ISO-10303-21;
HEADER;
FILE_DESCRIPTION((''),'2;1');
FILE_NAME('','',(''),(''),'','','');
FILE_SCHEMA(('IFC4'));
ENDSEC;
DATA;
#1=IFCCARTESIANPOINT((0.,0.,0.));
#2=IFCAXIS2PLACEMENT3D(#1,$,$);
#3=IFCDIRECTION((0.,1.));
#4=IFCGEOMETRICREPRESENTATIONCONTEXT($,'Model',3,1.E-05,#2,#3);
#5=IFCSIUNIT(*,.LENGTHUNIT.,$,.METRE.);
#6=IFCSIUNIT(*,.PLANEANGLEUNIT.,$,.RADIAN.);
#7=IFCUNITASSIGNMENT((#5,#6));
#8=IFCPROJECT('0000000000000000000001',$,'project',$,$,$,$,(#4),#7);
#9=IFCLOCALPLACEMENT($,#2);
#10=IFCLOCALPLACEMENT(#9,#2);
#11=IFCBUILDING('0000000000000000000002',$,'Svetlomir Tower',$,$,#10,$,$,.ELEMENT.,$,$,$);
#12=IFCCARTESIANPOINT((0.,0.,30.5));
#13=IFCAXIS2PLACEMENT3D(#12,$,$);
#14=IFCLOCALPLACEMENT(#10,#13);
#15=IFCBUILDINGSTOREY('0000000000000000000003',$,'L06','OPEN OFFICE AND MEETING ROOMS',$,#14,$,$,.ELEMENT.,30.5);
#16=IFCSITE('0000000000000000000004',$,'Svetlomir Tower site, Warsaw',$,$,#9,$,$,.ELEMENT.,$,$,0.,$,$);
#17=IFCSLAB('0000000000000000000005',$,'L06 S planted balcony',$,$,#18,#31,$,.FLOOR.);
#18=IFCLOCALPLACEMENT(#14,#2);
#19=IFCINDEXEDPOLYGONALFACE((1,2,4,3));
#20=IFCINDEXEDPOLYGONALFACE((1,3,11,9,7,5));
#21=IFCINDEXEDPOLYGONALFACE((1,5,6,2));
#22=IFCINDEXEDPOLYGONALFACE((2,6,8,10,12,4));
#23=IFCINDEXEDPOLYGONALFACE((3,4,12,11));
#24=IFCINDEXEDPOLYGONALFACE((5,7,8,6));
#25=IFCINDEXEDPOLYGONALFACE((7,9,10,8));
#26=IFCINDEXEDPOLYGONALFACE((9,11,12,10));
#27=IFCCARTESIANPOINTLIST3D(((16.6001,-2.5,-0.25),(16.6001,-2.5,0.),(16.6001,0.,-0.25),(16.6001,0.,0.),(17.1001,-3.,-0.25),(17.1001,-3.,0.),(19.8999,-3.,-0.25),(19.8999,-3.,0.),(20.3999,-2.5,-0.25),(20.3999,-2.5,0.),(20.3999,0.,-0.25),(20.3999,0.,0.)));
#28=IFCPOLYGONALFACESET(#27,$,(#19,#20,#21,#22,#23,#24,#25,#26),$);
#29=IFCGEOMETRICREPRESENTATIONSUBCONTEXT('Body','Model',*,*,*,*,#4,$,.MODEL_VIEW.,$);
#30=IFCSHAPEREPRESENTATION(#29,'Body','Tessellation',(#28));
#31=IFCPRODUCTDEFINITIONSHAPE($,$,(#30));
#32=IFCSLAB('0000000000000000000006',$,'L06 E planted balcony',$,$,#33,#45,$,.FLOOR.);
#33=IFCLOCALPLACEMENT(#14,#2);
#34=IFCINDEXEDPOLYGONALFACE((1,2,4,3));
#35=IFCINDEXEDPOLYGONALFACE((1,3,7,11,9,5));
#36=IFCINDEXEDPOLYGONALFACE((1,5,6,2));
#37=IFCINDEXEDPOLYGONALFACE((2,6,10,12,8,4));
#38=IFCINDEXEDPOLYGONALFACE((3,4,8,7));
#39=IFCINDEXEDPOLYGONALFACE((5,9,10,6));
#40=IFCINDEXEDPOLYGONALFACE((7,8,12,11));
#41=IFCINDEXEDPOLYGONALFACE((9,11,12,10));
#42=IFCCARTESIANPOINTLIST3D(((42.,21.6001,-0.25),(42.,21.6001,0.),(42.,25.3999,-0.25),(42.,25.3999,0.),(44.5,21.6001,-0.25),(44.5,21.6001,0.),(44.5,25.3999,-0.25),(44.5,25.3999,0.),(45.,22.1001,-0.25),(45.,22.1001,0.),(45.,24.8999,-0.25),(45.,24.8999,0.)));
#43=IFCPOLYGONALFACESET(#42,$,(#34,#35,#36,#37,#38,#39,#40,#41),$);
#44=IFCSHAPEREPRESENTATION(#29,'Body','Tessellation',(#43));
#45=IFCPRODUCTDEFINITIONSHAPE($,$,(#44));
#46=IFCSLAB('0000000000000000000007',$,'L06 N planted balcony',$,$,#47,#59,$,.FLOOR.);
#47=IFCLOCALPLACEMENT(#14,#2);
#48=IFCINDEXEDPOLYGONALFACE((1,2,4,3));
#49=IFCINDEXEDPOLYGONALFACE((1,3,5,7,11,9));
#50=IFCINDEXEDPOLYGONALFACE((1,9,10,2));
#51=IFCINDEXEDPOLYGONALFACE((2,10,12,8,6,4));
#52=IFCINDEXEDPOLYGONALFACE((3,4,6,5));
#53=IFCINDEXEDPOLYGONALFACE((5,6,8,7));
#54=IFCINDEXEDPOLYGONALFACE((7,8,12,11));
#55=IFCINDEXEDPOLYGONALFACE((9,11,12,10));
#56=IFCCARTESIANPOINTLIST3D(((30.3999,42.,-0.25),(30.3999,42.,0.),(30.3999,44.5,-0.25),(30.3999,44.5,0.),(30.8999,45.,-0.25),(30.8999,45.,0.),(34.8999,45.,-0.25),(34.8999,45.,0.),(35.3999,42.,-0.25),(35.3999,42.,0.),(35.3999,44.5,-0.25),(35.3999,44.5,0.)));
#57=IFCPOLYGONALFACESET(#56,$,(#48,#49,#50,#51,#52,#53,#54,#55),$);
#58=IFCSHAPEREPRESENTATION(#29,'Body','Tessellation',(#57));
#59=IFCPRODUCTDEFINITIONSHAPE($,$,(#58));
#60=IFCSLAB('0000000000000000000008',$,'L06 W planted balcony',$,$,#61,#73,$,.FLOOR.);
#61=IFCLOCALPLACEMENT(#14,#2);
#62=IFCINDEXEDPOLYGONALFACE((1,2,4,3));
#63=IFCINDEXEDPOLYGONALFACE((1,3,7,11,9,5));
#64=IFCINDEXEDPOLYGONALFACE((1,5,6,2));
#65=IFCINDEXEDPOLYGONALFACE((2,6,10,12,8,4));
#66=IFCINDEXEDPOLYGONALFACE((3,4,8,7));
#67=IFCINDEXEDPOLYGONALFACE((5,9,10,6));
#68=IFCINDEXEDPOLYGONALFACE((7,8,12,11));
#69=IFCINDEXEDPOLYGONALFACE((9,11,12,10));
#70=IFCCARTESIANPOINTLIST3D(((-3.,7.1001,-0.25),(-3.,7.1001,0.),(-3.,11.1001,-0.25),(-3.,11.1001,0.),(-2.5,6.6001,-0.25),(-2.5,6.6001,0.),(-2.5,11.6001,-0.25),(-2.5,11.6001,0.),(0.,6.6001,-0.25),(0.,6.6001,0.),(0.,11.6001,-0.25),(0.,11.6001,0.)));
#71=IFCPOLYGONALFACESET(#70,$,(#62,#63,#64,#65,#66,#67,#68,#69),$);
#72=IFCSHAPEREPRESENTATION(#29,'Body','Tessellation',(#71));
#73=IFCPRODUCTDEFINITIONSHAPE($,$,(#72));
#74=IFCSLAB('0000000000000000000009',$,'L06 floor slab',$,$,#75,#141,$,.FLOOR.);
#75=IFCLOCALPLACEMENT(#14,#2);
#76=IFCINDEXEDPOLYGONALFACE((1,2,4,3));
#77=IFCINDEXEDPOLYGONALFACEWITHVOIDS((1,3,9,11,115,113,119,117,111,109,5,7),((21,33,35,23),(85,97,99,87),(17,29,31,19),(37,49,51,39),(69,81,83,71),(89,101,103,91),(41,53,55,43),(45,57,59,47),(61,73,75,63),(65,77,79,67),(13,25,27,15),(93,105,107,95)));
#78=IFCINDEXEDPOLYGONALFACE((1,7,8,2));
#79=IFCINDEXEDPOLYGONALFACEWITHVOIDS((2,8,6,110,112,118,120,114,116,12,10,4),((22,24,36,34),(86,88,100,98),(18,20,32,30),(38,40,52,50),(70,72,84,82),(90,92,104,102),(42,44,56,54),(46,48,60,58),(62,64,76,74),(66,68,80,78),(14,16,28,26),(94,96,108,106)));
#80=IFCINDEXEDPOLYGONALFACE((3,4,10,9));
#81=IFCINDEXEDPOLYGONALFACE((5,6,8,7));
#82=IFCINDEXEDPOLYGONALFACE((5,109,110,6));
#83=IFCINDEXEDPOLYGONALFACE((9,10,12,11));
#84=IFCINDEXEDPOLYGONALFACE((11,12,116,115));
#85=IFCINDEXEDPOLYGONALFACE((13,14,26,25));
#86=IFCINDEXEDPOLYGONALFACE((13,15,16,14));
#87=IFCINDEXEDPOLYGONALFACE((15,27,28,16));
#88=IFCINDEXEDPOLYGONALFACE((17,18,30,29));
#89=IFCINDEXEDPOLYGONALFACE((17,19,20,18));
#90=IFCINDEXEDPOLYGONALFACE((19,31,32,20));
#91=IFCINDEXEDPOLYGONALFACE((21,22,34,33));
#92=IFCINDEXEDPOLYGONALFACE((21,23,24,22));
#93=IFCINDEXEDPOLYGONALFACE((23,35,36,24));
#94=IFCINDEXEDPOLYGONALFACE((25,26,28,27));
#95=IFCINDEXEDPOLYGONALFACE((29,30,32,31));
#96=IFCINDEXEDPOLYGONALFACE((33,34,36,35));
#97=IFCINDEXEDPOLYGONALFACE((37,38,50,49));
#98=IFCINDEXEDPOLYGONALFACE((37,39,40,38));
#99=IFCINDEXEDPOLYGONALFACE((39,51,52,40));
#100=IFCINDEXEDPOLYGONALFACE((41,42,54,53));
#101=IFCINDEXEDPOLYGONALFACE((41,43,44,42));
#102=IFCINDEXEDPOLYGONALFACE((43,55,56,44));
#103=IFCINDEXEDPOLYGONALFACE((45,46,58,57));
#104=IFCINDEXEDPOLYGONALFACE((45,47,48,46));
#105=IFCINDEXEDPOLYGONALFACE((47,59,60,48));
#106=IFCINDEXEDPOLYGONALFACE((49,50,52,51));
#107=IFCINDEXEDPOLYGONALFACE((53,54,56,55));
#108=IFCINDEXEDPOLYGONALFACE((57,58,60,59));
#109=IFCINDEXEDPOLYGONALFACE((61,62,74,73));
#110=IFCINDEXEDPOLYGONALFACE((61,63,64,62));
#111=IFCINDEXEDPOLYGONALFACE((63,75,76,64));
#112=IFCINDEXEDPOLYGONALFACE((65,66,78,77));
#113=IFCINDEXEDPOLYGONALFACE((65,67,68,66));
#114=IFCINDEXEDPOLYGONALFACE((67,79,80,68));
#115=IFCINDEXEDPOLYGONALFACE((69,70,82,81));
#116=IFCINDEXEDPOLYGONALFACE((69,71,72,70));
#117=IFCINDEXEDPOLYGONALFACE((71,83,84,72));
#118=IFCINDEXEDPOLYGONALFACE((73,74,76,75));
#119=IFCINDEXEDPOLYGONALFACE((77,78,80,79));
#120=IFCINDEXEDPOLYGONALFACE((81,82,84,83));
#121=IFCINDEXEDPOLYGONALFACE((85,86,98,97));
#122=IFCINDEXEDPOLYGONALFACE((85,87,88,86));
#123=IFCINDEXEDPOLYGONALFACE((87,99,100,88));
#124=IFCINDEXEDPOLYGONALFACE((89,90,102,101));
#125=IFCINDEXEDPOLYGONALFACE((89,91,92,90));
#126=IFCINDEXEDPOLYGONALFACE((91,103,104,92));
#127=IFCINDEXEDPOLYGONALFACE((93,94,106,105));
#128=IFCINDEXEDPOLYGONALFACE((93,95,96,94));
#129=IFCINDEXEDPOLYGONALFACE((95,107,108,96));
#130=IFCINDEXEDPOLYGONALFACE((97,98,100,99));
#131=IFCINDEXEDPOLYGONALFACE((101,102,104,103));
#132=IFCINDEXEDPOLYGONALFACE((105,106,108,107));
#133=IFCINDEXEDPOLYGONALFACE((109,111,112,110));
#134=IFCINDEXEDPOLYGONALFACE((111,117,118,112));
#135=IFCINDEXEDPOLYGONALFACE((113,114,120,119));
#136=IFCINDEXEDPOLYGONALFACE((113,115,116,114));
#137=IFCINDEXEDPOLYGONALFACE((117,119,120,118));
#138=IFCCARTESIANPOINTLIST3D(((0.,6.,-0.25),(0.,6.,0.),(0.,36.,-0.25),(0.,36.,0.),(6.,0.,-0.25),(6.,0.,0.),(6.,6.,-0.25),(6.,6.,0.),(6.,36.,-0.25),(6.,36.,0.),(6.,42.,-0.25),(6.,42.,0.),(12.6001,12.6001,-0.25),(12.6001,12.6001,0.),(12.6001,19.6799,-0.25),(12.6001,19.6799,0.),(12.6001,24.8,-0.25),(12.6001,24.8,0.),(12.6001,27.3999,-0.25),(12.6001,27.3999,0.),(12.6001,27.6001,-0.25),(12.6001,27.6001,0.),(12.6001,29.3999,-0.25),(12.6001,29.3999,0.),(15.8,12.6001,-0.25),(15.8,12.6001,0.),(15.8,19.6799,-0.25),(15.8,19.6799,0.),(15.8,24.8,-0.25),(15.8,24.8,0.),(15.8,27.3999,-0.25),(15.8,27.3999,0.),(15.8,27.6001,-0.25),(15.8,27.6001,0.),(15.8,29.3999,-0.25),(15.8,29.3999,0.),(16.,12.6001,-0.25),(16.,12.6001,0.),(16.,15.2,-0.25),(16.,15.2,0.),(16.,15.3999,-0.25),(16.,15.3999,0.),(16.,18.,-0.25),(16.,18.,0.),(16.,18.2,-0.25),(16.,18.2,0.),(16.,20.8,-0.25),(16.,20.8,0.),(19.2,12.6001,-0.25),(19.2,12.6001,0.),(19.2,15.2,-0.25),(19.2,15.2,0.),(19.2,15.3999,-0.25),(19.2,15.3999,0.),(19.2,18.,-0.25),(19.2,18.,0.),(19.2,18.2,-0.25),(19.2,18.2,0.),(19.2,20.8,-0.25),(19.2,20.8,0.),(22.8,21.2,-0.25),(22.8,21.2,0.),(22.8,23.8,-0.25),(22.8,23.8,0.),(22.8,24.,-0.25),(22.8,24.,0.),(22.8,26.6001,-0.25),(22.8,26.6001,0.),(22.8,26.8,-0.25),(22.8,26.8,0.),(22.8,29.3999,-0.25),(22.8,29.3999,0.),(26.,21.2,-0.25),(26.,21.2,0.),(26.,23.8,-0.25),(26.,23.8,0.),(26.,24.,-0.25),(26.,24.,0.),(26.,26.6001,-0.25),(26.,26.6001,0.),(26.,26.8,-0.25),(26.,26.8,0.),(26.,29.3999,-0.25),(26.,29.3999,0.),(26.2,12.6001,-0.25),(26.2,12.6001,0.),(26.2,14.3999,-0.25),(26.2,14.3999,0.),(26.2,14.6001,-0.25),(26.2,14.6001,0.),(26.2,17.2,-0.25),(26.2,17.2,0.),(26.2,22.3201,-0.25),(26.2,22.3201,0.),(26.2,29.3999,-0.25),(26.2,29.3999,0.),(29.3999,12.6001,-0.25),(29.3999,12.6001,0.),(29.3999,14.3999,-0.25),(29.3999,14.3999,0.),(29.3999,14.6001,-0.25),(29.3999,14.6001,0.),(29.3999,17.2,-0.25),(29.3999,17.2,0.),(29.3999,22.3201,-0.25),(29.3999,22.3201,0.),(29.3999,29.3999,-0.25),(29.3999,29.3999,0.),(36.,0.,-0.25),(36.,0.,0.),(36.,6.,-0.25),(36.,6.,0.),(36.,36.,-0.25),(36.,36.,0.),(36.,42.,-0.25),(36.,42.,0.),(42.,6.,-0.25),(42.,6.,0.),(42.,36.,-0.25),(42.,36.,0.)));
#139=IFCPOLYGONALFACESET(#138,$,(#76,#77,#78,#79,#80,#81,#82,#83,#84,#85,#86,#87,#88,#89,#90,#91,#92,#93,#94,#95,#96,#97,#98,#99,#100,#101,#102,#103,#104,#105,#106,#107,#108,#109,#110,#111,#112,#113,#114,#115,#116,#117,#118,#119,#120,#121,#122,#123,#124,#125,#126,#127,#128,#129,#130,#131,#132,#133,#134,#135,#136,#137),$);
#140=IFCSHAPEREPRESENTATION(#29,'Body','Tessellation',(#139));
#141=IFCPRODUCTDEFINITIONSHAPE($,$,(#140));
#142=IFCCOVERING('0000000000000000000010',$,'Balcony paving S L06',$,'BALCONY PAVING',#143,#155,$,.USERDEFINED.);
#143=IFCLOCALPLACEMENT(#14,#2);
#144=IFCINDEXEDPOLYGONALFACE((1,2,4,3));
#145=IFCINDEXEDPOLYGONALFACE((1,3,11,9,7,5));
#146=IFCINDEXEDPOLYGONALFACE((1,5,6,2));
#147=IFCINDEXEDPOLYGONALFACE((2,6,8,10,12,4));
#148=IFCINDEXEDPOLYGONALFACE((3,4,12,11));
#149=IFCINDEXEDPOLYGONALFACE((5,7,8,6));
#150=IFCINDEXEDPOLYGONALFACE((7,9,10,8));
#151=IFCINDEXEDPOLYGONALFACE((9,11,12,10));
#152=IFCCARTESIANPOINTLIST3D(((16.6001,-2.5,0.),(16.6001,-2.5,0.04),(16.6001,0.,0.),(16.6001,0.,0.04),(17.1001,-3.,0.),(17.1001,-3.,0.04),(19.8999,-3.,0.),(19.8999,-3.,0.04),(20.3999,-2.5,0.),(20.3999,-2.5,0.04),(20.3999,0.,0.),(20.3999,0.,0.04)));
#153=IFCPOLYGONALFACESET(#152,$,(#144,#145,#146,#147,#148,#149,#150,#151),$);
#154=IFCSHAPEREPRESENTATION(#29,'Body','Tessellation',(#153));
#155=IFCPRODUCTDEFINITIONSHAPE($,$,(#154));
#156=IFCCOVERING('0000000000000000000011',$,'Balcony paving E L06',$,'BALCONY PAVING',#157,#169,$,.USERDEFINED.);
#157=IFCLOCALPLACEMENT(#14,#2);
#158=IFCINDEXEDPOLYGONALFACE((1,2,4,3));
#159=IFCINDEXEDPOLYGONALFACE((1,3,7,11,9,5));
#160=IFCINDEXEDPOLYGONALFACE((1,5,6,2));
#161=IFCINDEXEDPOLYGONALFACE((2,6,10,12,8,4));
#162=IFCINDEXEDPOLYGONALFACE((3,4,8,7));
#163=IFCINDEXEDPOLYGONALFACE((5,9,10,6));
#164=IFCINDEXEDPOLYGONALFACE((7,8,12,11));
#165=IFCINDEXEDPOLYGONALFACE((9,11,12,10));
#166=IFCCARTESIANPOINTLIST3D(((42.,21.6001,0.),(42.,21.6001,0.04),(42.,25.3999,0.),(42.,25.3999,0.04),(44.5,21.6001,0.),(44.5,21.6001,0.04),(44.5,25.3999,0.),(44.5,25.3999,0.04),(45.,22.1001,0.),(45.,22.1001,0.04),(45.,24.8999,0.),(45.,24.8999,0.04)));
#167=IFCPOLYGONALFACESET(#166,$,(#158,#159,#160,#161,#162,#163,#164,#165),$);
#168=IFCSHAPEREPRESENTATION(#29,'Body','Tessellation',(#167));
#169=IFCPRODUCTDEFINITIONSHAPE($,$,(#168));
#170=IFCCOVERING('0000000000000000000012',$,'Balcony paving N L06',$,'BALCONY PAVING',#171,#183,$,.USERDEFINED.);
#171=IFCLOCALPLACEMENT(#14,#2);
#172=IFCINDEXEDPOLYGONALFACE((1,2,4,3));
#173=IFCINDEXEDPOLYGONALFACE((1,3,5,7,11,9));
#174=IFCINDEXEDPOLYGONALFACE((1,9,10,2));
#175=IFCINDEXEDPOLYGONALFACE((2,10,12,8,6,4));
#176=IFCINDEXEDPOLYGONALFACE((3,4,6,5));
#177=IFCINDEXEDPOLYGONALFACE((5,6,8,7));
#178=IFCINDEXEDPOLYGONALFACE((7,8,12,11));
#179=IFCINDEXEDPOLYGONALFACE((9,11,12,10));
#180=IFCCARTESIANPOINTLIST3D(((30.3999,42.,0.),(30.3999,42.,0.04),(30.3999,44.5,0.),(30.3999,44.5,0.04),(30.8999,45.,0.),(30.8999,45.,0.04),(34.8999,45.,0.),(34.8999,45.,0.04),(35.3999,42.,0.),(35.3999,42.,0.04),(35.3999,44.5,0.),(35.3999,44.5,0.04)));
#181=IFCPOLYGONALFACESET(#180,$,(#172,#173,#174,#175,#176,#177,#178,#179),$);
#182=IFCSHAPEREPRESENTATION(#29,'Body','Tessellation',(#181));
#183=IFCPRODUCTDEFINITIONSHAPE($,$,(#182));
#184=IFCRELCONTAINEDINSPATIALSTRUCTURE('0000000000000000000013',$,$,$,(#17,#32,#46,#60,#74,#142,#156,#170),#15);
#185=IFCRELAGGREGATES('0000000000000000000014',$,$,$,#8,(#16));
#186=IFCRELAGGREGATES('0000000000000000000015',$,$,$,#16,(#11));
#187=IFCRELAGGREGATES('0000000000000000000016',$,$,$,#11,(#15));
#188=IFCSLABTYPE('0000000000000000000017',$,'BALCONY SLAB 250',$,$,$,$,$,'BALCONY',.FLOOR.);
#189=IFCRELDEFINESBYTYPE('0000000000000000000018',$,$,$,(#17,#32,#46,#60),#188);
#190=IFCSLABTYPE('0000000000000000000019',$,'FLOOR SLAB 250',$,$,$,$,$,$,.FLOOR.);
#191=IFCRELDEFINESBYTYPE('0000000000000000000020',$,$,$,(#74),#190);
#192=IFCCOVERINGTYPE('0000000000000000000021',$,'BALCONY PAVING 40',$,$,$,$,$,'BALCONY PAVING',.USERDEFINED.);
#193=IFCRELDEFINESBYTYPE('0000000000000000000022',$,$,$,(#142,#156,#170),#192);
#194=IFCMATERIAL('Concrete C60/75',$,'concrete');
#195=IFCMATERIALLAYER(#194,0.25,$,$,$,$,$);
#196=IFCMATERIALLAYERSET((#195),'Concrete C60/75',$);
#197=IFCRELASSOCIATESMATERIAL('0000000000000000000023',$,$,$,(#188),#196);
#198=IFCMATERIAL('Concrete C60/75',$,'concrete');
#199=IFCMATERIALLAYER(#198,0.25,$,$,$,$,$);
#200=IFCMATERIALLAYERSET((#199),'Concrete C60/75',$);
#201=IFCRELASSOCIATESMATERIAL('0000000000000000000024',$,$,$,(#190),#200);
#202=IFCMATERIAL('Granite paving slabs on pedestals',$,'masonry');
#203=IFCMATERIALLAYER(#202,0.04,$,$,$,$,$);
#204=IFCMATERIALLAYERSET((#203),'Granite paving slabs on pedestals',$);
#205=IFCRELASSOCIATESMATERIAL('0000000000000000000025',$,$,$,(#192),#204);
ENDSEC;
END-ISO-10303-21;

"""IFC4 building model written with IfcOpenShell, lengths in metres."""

from ifc_helpers import new_model, si_unit, direction, frame, origin, place, context, subcontext, project, spatial, polyline, outline, extrude, material, layer, layer_set, type_object, element, save


model = new_model("IFC4")

# Units and contexts
model_context = context("Model", 3, precision=1e-05, world=origin(), true_north=direction((0.0, 1.0)))
body_context = subcontext(model_context, "Body", "Model", "MODEL_VIEW")
ifc_project = project(units=[si_unit("LENGTHUNIT", "METRE"), si_unit("PLANEANGLEUNIT", "RADIAN")], contexts=[model_context])

# Site, building, storey
site_placement = place(None, origin())
site = spatial("IfcSite", under=ifc_project, at=site_placement, Name="Svetlomir Tower site, Warsaw", CompositionType="ELEMENT", RefElevation=0.0)
building_placement = place(site_placement, origin())
building = spatial("IfcBuilding", under=site, at=building_placement, Name="Svetlomir Tower", CompositionType="ELEMENT")
storey_placement = place(building_placement, frame((0.0, 0.0, 30.5)))
storey = spatial("IfcBuildingStorey", under=building, at=storey_placement, Name="L06", Description="OPEN OFFICE AND MEETING ROOMS", CompositionType="ELEMENT", Elevation=30.5)

# Slabs
ifc_material_1 = material(Name="Concrete C60/75", Category="concrete")
ifc_layer_1 = layer(ifc_material_1, 0.25)
ifc_layer_set_1 = layer_set([ifc_layer_1], Name="Concrete C60/75")
slab_type_1 = type_object("IfcSlabType", Name="BALCONY SLAB 250", ElementType="BALCONY", PredefinedType="FLOOR", material=ifc_layer_set_1)
slab_1_placement = place(storey_placement, frame((0.0, 0.0, -0.25)))
element("IfcSlab", 1, at=slab_1_placement, inside=storey, type_object=slab_type_1, Name="L06 S planted balcony", PredefinedType="FLOOR", context=body_context, shape_type="SweptSolid", body=[
    extrude(outline(polyline([(16.6001, -2.5), (17.1001, -3.0), (19.8999, -3.0), (20.3999, -2.5), (20.3999, 0.0), (16.6001, 0.0), (16.6001, -2.5)])), origin(), (0.0, 0.0, 1.0), 0.25),
])
slab_2_placement = place(storey_placement, frame((0.0, 0.0, -0.25)))
element("IfcSlab", 2, at=slab_2_placement, inside=storey, type_object=slab_type_1, Name="L06 E planted balcony", PredefinedType="FLOOR", context=body_context, shape_type="SweptSolid", body=[
    extrude(outline(polyline([(42.0, 21.6001), (44.5, 21.6001), (45.0, 22.1001), (45.0, 24.8999), (44.5, 25.3999), (42.0, 25.3999), (42.0, 21.6001)])), origin(), (0.0, 0.0, 1.0), 0.25),
])
slab_3_placement = place(storey_placement, frame((0.0, 0.0, -0.25)))
element("IfcSlab", 3, at=slab_3_placement, inside=storey, type_object=slab_type_1, Name="L06 N planted balcony", PredefinedType="FLOOR", context=body_context, shape_type="SweptSolid", body=[
    extrude(outline(polyline([(30.3999, 42.0), (35.3999, 42.0), (35.3999, 44.5), (34.8999, 45.0), (30.8999, 45.0), (30.3999, 44.5), (30.3999, 42.0)])), origin(), (0.0, 0.0, 1.0), 0.25),
])
slab_4_placement = place(storey_placement, frame((0.0, 0.0, -0.25)))
element("IfcSlab", 4, at=slab_4_placement, inside=storey, type_object=slab_type_1, Name="L06 W planted balcony", PredefinedType="FLOOR", context=body_context, shape_type="SweptSolid", body=[
    extrude(outline(polyline([(-2.5, 6.6001), (0.0, 6.6001), (0.0, 11.6001), (-2.5, 11.6001), (-3.0, 11.1001), (-3.0, 7.1001), (-2.5, 6.6001)])), origin(), (0.0, 0.0, 1.0), 0.25),
])
ifc_material_2 = material(Name="Concrete C60/75", Category="concrete")
ifc_layer_2 = layer(ifc_material_2, 0.25)
ifc_layer_set_2 = layer_set([ifc_layer_2], Name="Concrete C60/75")
slab_type_2 = type_object("IfcSlabType", Name="FLOOR SLAB 250", PredefinedType="FLOOR", material=ifc_layer_set_2)
slab_5_placement = place(storey_placement, frame((0.0, 0.0, -0.25)))
element("IfcSlab", 5, at=slab_5_placement, inside=storey, type_object=slab_type_2, Name="L06 floor slab", PredefinedType="FLOOR", context=body_context, shape_type="SweptSolid", body=[
    extrude(outline(polyline([(6.0, 0.0), (36.0, 0.0), (36.0, 6.0), (42.0, 6.0), (42.0, 36.0), (36.0, 36.0), (36.0, 42.0), (6.0, 42.0), (6.0, 36.0), (0.0, 36.0), (0.0, 6.0), (6.0, 6.0), (6.0, 0.0)]), holes=[polyline([(12.6001, 24.8), (15.8, 24.8), (15.8, 27.3999), (12.6001, 27.3999), (12.6001, 24.8)]), polyline([(26.2, 14.6001), (29.3999, 14.6001), (29.3999, 17.2), (26.2, 17.2), (26.2, 14.6001)]), polyline([(16.0, 12.6001), (19.2, 12.6001), (19.2, 15.2), (16.0, 15.2), (16.0, 12.6001)]), polyline([(16.0, 15.3999), (19.2, 15.3999), (19.2, 18.0), (16.0, 18.0), (16.0, 15.3999)]), polyline([(16.0, 18.2), (19.2, 18.2), (19.2, 20.8), (16.0, 20.8), (16.0, 18.2)]), polyline([(22.8, 21.2), (26.0, 21.2), (26.0, 23.8), (22.8, 23.8), (22.8, 21.2)]), polyline([(22.8, 24.0), (26.0, 24.0), (26.0, 26.6001), (22.8, 26.6001), (22.8, 24.0)]), polyline([(22.8, 26.8), (26.0, 26.8), (26.0, 29.3999), (22.8, 29.3999), (22.8, 26.8)]), polyline([(12.6001, 27.6001), (15.8, 27.6001), (15.8, 29.3999), (12.6001, 29.3999), (12.6001, 27.6001)]), polyline([(26.2, 12.6001), (29.3999, 12.6001), (29.3999, 14.3999), (26.2, 14.3999), (26.2, 12.6001)]), polyline([(12.6001, 12.6001), (15.8, 12.6001), (15.8, 19.6799), (12.6001, 19.6799), (12.6001, 12.6001)]), polyline([(26.2, 22.3201), (29.3999, 22.3201), (29.3999, 29.3999), (26.2, 29.3999), (26.2, 22.3201)])]), origin(), (0.0, 0.0, 1.0), 0.25),
])

# Coverings
ifc_material_3 = material(Name="Granite paving slabs on pedestals", Category="masonry")
ifc_layer_3 = layer(ifc_material_3, 0.04)
ifc_layer_set_3 = layer_set([ifc_layer_3], Name="Granite paving slabs on pedestals")
covering_type_1 = type_object("IfcCoveringType", Name="BALCONY PAVING 40", ElementType="BALCONY PAVING", PredefinedType="USERDEFINED", material=ifc_layer_set_3)
covering_1_placement = place(storey_placement, origin())
element("IfcCovering", 6, at=covering_1_placement, inside=storey, type_object=covering_type_1, Name="Balcony paving S L06", ObjectType="BALCONY PAVING", PredefinedType="USERDEFINED", context=body_context, shape_type="SweptSolid", body=[
    extrude(outline(polyline([(16.6001, -2.5), (17.1001, -3.0), (19.8999, -3.0), (20.3999, -2.5), (20.3999, 0.0), (16.6001, 0.0), (16.6001, -2.5)])), origin(), (0.0, 0.0, 1.0), 0.04),
])
covering_2_placement = place(storey_placement, origin())
element("IfcCovering", 7, at=covering_2_placement, inside=storey, type_object=covering_type_1, Name="Balcony paving E L06", ObjectType="BALCONY PAVING", PredefinedType="USERDEFINED", context=body_context, shape_type="SweptSolid", body=[
    extrude(outline(polyline([(42.0, 21.6001), (44.5, 21.6001), (45.0, 22.1001), (45.0, 24.8999), (44.5, 25.3999), (42.0, 25.3999), (42.0, 21.6001)])), origin(), (0.0, 0.0, 1.0), 0.04),
])
covering_3_placement = place(storey_placement, origin())
element("IfcCovering", 8, at=covering_3_placement, inside=storey, type_object=covering_type_1, Name="Balcony paving N L06", ObjectType="BALCONY PAVING", PredefinedType="USERDEFINED", context=body_context, shape_type="SweptSolid", body=[
    extrude(outline(polyline([(30.3999, 42.0), (35.3999, 42.0), (35.3999, 44.5), (34.8999, 45.0), (30.8999, 45.0), (30.3999, 44.5), (30.3999, 42.0)])), origin(), (0.0, 0.0, 1.0), 0.04),
])

save(model, "model.ifc")
